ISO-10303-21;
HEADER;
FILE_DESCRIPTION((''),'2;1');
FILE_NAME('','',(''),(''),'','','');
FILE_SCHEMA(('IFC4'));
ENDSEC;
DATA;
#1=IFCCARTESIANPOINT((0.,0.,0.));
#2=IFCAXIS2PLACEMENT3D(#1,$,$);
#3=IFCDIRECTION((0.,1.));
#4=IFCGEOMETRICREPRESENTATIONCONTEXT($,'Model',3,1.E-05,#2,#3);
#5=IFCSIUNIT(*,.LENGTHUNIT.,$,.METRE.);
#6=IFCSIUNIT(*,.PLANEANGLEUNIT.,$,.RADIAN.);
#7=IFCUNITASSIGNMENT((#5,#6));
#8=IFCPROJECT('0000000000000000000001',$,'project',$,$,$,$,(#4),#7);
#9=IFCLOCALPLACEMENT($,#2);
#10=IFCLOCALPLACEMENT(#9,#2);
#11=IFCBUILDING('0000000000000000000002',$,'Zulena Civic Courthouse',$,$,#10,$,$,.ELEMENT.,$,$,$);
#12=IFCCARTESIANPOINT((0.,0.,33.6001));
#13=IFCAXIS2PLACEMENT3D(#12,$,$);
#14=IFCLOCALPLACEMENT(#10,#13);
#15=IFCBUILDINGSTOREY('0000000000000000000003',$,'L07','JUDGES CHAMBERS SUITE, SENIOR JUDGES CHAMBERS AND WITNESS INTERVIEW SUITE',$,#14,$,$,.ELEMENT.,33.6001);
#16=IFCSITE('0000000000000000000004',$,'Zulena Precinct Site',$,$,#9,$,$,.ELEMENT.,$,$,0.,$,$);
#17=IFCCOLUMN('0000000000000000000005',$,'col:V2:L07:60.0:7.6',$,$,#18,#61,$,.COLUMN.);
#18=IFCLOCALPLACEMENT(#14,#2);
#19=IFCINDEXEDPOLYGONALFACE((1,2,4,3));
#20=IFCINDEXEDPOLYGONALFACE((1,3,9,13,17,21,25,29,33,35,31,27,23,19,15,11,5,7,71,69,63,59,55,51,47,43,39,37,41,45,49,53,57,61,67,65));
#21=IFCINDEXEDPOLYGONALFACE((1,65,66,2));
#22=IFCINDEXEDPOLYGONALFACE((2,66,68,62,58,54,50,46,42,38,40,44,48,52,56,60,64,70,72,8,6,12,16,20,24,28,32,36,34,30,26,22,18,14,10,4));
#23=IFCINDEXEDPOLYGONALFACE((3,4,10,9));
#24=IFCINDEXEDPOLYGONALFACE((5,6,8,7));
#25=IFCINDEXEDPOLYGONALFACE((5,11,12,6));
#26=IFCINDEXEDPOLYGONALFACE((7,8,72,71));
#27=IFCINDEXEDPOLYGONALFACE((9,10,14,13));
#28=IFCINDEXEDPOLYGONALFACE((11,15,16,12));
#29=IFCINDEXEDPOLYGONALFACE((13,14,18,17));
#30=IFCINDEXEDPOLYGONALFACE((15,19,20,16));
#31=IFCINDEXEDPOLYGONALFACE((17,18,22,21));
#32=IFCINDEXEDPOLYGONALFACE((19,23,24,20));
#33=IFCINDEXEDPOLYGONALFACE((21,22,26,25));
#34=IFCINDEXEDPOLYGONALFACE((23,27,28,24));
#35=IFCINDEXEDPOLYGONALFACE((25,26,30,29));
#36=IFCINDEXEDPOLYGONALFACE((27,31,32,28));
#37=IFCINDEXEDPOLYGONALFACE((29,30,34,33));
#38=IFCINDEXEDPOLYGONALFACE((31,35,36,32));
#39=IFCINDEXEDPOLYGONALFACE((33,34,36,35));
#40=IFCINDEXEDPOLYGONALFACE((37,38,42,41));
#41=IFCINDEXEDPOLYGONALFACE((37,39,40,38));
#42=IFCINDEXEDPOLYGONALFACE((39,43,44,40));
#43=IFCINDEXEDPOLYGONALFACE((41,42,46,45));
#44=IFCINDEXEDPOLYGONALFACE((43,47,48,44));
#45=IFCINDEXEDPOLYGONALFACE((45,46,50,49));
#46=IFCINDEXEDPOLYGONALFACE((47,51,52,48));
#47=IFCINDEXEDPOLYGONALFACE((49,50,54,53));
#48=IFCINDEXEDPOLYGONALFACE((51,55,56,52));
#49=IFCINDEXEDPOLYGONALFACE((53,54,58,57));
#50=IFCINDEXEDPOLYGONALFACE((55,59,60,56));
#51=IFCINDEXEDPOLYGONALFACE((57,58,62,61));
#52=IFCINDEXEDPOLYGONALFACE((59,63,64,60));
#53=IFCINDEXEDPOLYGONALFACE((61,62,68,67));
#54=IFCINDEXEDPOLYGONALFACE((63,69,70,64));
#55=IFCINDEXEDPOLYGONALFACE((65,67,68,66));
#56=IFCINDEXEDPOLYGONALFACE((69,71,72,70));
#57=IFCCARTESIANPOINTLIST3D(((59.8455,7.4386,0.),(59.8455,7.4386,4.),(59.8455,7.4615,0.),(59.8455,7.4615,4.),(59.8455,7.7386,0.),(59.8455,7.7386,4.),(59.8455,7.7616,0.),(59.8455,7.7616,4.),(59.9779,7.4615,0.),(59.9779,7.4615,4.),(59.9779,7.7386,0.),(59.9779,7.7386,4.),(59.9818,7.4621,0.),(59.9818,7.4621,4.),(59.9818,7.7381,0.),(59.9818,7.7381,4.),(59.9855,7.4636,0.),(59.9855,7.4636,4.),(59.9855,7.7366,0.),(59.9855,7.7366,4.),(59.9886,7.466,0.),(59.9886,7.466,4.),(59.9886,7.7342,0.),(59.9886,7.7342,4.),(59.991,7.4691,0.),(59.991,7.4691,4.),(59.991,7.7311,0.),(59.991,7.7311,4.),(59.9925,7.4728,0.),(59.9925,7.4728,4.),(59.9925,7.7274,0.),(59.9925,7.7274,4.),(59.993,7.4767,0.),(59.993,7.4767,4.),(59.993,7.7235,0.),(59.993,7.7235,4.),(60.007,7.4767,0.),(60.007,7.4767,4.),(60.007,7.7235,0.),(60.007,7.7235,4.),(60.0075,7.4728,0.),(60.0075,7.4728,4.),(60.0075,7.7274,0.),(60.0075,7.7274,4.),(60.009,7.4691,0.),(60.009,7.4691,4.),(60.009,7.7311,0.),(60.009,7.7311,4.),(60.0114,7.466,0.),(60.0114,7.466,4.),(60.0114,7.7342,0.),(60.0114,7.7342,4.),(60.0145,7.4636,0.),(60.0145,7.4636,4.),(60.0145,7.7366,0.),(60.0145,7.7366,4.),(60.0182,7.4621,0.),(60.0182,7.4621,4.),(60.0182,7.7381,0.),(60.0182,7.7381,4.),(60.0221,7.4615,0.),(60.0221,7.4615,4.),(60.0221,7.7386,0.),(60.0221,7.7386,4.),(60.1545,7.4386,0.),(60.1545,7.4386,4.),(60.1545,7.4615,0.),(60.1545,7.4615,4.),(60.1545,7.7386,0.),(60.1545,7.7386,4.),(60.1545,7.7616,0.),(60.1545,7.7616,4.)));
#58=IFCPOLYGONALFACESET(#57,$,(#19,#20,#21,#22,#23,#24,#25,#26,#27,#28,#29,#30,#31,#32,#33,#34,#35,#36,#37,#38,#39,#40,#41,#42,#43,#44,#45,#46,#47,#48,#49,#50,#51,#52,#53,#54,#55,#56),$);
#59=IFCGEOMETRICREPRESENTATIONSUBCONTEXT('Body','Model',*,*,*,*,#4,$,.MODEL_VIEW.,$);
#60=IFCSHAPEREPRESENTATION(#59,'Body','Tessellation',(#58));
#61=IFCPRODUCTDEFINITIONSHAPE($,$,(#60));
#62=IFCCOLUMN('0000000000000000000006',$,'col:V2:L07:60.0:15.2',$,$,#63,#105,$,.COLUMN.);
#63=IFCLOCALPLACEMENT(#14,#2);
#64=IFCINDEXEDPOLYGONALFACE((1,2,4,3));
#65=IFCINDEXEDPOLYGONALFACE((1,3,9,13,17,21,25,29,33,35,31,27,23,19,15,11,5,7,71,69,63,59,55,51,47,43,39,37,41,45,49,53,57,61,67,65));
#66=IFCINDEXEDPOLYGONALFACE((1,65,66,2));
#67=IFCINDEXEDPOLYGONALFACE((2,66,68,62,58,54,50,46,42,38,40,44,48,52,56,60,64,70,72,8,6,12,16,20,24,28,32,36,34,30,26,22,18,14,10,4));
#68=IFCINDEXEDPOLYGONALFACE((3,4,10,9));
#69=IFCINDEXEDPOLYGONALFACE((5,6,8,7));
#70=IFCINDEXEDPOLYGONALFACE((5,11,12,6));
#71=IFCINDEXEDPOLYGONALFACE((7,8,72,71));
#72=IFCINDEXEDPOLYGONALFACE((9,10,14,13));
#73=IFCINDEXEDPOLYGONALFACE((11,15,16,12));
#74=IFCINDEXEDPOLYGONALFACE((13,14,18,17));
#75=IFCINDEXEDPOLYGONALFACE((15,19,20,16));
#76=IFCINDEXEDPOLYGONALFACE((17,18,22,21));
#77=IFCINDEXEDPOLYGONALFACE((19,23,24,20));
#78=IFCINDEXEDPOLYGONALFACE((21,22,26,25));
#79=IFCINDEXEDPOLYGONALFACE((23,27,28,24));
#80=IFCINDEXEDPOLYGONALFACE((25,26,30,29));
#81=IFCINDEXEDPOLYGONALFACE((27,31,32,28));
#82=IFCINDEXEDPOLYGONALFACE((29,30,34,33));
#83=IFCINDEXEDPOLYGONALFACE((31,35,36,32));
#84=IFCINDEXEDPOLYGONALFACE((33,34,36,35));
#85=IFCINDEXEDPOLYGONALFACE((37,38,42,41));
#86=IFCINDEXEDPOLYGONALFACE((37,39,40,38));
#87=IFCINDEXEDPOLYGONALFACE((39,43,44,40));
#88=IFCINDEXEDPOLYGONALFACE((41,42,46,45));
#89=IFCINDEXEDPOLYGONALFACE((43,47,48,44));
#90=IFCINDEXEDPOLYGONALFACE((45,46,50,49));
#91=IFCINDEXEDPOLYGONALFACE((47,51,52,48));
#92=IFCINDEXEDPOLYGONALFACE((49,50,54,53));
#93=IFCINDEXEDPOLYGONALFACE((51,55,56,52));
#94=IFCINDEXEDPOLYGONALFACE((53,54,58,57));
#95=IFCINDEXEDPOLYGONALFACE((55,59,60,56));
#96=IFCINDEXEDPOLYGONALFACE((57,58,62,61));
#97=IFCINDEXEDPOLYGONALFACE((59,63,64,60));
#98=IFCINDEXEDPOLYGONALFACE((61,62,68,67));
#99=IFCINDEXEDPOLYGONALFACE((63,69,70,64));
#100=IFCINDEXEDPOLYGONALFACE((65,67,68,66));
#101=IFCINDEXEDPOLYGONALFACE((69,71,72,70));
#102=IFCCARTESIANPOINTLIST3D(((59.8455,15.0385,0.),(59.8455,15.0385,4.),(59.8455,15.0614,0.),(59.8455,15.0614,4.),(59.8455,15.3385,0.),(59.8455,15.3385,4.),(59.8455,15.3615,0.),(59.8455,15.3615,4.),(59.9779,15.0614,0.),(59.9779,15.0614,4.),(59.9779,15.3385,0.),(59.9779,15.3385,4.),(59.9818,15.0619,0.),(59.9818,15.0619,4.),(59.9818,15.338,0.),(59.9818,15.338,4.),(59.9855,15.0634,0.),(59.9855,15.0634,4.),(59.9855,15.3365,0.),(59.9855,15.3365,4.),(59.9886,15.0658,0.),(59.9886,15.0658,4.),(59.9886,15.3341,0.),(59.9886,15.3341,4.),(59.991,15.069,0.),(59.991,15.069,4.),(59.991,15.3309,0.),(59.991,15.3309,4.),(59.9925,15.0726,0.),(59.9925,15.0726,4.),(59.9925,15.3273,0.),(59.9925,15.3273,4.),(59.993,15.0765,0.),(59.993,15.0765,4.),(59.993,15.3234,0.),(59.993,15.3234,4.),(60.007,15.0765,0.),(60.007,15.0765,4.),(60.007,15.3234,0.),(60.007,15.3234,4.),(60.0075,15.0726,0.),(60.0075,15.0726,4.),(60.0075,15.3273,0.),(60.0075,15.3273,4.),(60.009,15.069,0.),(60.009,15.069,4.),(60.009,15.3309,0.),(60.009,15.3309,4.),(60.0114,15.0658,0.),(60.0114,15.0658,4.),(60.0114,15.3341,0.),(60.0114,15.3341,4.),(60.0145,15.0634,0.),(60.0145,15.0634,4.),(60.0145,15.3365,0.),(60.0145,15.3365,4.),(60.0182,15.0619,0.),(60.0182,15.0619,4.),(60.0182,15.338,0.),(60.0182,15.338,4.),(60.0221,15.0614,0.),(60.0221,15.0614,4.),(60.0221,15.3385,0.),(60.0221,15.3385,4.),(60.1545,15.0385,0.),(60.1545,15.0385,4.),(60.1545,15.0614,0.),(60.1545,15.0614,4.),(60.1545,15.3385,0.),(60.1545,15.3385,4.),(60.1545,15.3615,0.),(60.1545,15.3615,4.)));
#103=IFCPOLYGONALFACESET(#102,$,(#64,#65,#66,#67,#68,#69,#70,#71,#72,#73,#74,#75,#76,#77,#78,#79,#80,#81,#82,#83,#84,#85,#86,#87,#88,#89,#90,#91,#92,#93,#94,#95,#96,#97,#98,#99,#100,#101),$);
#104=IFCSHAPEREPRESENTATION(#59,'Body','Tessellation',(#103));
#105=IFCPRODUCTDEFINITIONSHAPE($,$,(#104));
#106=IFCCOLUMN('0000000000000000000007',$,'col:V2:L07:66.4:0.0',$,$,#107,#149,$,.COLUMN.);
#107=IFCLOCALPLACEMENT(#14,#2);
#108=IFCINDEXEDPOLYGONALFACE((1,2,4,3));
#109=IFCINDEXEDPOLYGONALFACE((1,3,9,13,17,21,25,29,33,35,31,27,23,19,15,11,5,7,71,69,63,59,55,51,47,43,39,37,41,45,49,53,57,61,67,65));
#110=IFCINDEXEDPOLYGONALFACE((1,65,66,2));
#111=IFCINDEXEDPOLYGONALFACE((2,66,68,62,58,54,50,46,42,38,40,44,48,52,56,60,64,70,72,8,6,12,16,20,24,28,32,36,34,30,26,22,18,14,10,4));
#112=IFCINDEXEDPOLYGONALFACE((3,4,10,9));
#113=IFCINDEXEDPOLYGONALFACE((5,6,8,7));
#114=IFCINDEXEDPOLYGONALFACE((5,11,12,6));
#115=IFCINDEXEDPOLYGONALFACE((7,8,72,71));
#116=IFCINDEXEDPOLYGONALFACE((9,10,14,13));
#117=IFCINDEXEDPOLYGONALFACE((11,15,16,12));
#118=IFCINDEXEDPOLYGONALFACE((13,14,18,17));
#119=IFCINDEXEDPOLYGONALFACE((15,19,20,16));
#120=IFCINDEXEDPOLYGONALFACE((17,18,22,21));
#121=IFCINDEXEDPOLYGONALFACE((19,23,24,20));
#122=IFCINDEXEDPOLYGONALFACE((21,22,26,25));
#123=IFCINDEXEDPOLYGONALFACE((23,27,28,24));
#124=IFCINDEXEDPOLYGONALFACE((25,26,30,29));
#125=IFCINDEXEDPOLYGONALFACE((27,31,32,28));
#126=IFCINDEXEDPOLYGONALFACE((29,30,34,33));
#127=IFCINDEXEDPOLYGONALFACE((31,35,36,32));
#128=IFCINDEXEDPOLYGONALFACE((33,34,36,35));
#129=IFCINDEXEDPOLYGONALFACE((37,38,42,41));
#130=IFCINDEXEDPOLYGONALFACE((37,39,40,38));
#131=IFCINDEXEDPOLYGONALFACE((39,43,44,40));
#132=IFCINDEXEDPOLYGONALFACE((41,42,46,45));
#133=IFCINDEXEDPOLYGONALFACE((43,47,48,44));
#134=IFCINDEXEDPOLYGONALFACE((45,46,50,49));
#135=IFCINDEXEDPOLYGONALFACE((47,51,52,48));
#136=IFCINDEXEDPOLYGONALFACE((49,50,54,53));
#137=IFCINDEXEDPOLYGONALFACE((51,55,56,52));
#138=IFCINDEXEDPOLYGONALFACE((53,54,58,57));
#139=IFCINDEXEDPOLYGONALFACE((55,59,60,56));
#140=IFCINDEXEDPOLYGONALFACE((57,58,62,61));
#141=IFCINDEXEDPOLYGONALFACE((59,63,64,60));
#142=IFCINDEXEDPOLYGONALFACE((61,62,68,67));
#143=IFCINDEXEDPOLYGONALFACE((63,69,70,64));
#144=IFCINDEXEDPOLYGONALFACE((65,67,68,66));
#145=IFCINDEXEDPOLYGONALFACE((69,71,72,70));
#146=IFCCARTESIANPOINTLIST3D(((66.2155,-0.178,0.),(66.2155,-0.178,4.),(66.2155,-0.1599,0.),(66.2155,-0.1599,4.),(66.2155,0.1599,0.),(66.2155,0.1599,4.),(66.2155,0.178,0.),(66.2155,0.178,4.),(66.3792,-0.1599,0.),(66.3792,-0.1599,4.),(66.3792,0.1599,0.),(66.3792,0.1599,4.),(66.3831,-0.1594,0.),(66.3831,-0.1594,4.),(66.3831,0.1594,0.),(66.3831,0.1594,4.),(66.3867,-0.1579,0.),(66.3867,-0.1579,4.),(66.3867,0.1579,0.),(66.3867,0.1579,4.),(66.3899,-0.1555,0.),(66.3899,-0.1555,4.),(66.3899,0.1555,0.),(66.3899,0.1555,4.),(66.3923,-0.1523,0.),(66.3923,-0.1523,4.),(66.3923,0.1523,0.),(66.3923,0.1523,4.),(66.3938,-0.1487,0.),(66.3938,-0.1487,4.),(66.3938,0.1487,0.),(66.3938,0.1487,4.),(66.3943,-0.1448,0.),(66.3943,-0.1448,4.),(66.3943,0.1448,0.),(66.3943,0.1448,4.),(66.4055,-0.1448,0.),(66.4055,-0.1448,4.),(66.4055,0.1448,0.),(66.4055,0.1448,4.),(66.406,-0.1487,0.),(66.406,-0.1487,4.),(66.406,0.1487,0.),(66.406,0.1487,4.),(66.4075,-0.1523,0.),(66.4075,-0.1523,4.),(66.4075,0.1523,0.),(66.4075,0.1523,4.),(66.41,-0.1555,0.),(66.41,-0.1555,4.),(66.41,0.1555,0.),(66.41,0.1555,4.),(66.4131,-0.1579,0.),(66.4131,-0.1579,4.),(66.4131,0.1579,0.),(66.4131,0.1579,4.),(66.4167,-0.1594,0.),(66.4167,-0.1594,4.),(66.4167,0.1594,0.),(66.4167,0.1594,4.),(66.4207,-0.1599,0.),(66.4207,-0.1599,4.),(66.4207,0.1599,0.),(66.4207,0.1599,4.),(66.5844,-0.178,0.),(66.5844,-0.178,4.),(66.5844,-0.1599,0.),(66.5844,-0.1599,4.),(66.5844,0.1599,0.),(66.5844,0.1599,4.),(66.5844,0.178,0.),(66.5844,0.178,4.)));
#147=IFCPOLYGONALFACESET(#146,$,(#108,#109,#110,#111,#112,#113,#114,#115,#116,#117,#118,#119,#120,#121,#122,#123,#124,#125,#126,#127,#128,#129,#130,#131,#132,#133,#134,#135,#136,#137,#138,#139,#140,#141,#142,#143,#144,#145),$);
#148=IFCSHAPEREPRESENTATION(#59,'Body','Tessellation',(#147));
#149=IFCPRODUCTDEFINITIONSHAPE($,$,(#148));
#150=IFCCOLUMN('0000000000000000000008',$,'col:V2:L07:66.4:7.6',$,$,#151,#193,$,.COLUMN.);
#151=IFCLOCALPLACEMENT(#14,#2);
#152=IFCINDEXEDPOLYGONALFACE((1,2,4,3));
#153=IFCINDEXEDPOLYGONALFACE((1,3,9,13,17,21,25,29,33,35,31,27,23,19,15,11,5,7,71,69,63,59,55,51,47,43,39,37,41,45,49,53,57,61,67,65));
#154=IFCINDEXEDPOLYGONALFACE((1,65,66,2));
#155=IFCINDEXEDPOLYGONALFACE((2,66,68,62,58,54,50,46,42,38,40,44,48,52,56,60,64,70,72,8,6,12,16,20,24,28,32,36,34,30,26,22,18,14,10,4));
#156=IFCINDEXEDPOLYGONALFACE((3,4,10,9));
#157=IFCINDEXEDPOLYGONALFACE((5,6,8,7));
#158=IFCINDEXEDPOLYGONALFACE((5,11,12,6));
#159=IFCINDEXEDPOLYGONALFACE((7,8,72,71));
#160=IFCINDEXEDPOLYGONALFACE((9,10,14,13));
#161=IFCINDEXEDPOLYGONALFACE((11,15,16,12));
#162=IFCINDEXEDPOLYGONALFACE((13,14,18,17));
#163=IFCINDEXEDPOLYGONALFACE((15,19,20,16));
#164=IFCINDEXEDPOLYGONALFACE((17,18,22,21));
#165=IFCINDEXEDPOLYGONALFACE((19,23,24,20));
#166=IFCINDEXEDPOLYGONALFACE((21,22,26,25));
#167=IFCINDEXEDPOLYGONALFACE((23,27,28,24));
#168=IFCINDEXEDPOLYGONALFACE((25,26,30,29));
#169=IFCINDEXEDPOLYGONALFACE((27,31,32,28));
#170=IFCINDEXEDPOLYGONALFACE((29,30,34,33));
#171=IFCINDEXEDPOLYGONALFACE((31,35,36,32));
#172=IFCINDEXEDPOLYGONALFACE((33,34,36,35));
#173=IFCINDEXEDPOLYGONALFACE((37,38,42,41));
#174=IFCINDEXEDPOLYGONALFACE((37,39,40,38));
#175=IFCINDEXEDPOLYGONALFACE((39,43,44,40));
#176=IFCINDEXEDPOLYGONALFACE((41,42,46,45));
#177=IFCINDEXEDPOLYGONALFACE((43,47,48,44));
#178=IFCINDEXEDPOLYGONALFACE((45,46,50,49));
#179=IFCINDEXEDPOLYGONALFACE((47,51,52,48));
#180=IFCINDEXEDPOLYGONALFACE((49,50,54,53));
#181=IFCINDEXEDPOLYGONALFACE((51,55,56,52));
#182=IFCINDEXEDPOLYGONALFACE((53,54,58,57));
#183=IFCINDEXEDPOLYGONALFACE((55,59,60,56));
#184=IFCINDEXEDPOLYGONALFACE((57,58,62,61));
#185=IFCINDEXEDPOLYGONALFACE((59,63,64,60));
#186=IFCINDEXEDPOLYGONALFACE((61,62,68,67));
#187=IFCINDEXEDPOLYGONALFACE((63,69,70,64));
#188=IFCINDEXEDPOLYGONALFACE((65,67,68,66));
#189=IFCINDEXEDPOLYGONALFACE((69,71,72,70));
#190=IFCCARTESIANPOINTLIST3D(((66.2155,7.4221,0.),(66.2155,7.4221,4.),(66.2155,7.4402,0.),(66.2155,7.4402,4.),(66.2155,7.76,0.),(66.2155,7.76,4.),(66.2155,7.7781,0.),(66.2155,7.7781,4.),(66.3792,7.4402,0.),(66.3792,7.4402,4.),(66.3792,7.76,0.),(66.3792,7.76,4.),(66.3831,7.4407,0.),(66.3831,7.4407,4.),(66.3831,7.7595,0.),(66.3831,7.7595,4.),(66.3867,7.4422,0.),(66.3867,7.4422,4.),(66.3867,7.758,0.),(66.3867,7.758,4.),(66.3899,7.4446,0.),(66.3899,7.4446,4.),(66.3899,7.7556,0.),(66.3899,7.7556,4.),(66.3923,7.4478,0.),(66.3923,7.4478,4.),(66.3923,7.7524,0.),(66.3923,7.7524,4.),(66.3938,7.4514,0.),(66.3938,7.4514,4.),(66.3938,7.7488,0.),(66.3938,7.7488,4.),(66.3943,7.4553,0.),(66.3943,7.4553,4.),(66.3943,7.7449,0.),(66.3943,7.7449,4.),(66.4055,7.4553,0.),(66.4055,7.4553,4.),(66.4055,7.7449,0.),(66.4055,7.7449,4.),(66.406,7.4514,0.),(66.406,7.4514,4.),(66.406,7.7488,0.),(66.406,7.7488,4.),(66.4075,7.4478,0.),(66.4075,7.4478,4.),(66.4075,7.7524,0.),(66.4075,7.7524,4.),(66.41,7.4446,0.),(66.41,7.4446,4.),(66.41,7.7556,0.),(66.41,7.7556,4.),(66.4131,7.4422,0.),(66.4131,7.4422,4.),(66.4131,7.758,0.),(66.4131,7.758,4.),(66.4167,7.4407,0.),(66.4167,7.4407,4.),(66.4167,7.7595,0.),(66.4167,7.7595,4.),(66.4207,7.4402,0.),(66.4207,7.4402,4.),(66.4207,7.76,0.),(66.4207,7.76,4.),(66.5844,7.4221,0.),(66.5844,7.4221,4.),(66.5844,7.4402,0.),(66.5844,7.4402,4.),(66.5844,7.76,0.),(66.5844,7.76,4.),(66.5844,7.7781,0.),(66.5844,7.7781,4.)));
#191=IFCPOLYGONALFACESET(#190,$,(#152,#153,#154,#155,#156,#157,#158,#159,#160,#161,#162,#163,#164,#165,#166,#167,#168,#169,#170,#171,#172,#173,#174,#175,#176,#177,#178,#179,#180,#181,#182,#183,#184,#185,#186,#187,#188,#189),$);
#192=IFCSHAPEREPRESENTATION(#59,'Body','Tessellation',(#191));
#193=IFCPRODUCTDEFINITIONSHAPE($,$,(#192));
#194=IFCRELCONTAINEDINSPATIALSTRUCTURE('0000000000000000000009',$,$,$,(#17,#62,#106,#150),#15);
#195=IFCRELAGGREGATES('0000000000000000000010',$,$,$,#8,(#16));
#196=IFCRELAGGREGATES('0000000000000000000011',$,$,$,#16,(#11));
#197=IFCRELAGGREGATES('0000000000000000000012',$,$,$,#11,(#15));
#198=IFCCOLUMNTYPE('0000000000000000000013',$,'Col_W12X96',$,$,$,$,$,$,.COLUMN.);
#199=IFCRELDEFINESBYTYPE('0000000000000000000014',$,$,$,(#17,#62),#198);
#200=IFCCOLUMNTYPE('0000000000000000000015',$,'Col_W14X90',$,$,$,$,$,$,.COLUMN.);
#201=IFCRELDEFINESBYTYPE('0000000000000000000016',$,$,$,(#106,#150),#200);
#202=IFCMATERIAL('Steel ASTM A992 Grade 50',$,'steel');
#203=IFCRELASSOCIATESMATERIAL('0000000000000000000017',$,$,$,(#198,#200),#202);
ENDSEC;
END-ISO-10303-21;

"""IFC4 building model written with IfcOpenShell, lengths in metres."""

from ifc_helpers import new_model, si_unit, direction, frame, origin, origin_2d, place, context, subcontext, project, spatial, i_section, extrude, material, material_profile, profile_set, type_object, element, save


model = new_model("IFC4")

# Units and contexts
model_context = context("Model", 3, precision=1e-05, world=origin(), true_north=direction((0.0, 1.0)))
body_context = subcontext(model_context, "Body", "Model", "MODEL_VIEW")
ifc_project = project(units=[si_unit("LENGTHUNIT", "METRE"), si_unit("PLANEANGLEUNIT", "RADIAN")], contexts=[model_context])

# Site, building, storey
site_placement = place(None, origin())
site = spatial("IfcSite", under=ifc_project, at=site_placement, Name="Zulena Precinct Site", CompositionType="ELEMENT", RefElevation=0.0)
building_placement = place(site_placement, origin())
building = spatial("IfcBuilding", under=site, at=building_placement, Name="Zulena Civic Courthouse", CompositionType="ELEMENT")
storey_placement = place(building_placement, frame((0.0, 0.0, 33.6001)))
storey = spatial("IfcBuildingStorey", under=building, at=storey_placement, Name="L07", Description="JUDGES CHAMBERS SUITE, SENIOR JUDGES CHAMBERS AND WITNESS INTERVIEW SUITE", CompositionType="ELEMENT", Elevation=33.6001)

# Columns
ifc_material_1 = material(Name="Steel ASTM A992 Grade 50", Category="steel")
ifc_material_profile_1 = material_profile(ifc_material_1, i_section(OverallWidth=0.3091, OverallDepth=0.323, WebThickness=0.0139, FlangeThickness=0.0229, FilletRadius=0.0151, at=origin_2d()), Name="W12X96")
ifc_profile_set_1 = profile_set([ifc_material_profile_1], Name="Steel ASTM A992 Grade 50")
column_type_1 = type_object("IfcColumnType", Name="Col_W12X96", PredefinedType="COLUMN", material=ifc_profile_set_1)
for number, where, z_axis, x_axis, name in (
    (1, (60.0, 7.6001, 0.0), (0.0, 0.0, 1.0), (1.0, 0.0, 0.0), "col:V2:L07:60.0:7.6"),
    (2, (60.0, 15.2, 0.0), (0.0, 0.0, 1.0), (1.0, 0.0, 0.0), "col:V2:L07:60.0:15.2"),
):
    element("IfcColumn", number, at=place(storey_placement, frame(where, z_axis=z_axis, x_axis=x_axis)), inside=storey, type_object=column_type_1, Name=name, PredefinedType="COLUMN", context=body_context, shape_type="SweptSolid", body=[
        extrude(i_section(OverallWidth=0.3091, OverallDepth=0.323, WebThickness=0.0139, FlangeThickness=0.0229, FilletRadius=0.0151, at=origin_2d()), origin(), (0.0, 0.0, 1.0), 4.0),
    ])
ifc_material_profile_2 = material_profile(ifc_material_1, i_section(OverallWidth=0.3689, OverallDepth=0.356, WebThickness=0.0112, FlangeThickness=0.0181, FilletRadius=0.0151, at=origin_2d()), Name="W14X90")
ifc_profile_set_2 = profile_set([ifc_material_profile_2], Name="Steel ASTM A992 Grade 50")
column_type_2 = type_object("IfcColumnType", Name="Col_W14X90", PredefinedType="COLUMN", material=ifc_profile_set_2)
for number, where, z_axis, x_axis, name in (
    (3, (66.3999, 0.0, 0.0), (0.0, 0.0, 1.0), (1.0, 0.0, 0.0), "col:V2:L07:66.4:0.0"),
    (4, (66.3999, 7.6001, 0.0), (0.0, 0.0, 1.0), (1.0, 0.0, 0.0), "col:V2:L07:66.4:7.6"),
):
    element("IfcColumn", number, at=place(storey_placement, frame(where, z_axis=z_axis, x_axis=x_axis)), inside=storey, type_object=column_type_2, Name=name, PredefinedType="COLUMN", context=body_context, shape_type="SweptSolid", body=[
        extrude(i_section(OverallWidth=0.3689, OverallDepth=0.356, WebThickness=0.0112, FlangeThickness=0.0181, FilletRadius=0.0151, at=origin_2d()), origin(), (0.0, 0.0, 1.0), 4.0),
    ])

save(model, "model.ifc")
